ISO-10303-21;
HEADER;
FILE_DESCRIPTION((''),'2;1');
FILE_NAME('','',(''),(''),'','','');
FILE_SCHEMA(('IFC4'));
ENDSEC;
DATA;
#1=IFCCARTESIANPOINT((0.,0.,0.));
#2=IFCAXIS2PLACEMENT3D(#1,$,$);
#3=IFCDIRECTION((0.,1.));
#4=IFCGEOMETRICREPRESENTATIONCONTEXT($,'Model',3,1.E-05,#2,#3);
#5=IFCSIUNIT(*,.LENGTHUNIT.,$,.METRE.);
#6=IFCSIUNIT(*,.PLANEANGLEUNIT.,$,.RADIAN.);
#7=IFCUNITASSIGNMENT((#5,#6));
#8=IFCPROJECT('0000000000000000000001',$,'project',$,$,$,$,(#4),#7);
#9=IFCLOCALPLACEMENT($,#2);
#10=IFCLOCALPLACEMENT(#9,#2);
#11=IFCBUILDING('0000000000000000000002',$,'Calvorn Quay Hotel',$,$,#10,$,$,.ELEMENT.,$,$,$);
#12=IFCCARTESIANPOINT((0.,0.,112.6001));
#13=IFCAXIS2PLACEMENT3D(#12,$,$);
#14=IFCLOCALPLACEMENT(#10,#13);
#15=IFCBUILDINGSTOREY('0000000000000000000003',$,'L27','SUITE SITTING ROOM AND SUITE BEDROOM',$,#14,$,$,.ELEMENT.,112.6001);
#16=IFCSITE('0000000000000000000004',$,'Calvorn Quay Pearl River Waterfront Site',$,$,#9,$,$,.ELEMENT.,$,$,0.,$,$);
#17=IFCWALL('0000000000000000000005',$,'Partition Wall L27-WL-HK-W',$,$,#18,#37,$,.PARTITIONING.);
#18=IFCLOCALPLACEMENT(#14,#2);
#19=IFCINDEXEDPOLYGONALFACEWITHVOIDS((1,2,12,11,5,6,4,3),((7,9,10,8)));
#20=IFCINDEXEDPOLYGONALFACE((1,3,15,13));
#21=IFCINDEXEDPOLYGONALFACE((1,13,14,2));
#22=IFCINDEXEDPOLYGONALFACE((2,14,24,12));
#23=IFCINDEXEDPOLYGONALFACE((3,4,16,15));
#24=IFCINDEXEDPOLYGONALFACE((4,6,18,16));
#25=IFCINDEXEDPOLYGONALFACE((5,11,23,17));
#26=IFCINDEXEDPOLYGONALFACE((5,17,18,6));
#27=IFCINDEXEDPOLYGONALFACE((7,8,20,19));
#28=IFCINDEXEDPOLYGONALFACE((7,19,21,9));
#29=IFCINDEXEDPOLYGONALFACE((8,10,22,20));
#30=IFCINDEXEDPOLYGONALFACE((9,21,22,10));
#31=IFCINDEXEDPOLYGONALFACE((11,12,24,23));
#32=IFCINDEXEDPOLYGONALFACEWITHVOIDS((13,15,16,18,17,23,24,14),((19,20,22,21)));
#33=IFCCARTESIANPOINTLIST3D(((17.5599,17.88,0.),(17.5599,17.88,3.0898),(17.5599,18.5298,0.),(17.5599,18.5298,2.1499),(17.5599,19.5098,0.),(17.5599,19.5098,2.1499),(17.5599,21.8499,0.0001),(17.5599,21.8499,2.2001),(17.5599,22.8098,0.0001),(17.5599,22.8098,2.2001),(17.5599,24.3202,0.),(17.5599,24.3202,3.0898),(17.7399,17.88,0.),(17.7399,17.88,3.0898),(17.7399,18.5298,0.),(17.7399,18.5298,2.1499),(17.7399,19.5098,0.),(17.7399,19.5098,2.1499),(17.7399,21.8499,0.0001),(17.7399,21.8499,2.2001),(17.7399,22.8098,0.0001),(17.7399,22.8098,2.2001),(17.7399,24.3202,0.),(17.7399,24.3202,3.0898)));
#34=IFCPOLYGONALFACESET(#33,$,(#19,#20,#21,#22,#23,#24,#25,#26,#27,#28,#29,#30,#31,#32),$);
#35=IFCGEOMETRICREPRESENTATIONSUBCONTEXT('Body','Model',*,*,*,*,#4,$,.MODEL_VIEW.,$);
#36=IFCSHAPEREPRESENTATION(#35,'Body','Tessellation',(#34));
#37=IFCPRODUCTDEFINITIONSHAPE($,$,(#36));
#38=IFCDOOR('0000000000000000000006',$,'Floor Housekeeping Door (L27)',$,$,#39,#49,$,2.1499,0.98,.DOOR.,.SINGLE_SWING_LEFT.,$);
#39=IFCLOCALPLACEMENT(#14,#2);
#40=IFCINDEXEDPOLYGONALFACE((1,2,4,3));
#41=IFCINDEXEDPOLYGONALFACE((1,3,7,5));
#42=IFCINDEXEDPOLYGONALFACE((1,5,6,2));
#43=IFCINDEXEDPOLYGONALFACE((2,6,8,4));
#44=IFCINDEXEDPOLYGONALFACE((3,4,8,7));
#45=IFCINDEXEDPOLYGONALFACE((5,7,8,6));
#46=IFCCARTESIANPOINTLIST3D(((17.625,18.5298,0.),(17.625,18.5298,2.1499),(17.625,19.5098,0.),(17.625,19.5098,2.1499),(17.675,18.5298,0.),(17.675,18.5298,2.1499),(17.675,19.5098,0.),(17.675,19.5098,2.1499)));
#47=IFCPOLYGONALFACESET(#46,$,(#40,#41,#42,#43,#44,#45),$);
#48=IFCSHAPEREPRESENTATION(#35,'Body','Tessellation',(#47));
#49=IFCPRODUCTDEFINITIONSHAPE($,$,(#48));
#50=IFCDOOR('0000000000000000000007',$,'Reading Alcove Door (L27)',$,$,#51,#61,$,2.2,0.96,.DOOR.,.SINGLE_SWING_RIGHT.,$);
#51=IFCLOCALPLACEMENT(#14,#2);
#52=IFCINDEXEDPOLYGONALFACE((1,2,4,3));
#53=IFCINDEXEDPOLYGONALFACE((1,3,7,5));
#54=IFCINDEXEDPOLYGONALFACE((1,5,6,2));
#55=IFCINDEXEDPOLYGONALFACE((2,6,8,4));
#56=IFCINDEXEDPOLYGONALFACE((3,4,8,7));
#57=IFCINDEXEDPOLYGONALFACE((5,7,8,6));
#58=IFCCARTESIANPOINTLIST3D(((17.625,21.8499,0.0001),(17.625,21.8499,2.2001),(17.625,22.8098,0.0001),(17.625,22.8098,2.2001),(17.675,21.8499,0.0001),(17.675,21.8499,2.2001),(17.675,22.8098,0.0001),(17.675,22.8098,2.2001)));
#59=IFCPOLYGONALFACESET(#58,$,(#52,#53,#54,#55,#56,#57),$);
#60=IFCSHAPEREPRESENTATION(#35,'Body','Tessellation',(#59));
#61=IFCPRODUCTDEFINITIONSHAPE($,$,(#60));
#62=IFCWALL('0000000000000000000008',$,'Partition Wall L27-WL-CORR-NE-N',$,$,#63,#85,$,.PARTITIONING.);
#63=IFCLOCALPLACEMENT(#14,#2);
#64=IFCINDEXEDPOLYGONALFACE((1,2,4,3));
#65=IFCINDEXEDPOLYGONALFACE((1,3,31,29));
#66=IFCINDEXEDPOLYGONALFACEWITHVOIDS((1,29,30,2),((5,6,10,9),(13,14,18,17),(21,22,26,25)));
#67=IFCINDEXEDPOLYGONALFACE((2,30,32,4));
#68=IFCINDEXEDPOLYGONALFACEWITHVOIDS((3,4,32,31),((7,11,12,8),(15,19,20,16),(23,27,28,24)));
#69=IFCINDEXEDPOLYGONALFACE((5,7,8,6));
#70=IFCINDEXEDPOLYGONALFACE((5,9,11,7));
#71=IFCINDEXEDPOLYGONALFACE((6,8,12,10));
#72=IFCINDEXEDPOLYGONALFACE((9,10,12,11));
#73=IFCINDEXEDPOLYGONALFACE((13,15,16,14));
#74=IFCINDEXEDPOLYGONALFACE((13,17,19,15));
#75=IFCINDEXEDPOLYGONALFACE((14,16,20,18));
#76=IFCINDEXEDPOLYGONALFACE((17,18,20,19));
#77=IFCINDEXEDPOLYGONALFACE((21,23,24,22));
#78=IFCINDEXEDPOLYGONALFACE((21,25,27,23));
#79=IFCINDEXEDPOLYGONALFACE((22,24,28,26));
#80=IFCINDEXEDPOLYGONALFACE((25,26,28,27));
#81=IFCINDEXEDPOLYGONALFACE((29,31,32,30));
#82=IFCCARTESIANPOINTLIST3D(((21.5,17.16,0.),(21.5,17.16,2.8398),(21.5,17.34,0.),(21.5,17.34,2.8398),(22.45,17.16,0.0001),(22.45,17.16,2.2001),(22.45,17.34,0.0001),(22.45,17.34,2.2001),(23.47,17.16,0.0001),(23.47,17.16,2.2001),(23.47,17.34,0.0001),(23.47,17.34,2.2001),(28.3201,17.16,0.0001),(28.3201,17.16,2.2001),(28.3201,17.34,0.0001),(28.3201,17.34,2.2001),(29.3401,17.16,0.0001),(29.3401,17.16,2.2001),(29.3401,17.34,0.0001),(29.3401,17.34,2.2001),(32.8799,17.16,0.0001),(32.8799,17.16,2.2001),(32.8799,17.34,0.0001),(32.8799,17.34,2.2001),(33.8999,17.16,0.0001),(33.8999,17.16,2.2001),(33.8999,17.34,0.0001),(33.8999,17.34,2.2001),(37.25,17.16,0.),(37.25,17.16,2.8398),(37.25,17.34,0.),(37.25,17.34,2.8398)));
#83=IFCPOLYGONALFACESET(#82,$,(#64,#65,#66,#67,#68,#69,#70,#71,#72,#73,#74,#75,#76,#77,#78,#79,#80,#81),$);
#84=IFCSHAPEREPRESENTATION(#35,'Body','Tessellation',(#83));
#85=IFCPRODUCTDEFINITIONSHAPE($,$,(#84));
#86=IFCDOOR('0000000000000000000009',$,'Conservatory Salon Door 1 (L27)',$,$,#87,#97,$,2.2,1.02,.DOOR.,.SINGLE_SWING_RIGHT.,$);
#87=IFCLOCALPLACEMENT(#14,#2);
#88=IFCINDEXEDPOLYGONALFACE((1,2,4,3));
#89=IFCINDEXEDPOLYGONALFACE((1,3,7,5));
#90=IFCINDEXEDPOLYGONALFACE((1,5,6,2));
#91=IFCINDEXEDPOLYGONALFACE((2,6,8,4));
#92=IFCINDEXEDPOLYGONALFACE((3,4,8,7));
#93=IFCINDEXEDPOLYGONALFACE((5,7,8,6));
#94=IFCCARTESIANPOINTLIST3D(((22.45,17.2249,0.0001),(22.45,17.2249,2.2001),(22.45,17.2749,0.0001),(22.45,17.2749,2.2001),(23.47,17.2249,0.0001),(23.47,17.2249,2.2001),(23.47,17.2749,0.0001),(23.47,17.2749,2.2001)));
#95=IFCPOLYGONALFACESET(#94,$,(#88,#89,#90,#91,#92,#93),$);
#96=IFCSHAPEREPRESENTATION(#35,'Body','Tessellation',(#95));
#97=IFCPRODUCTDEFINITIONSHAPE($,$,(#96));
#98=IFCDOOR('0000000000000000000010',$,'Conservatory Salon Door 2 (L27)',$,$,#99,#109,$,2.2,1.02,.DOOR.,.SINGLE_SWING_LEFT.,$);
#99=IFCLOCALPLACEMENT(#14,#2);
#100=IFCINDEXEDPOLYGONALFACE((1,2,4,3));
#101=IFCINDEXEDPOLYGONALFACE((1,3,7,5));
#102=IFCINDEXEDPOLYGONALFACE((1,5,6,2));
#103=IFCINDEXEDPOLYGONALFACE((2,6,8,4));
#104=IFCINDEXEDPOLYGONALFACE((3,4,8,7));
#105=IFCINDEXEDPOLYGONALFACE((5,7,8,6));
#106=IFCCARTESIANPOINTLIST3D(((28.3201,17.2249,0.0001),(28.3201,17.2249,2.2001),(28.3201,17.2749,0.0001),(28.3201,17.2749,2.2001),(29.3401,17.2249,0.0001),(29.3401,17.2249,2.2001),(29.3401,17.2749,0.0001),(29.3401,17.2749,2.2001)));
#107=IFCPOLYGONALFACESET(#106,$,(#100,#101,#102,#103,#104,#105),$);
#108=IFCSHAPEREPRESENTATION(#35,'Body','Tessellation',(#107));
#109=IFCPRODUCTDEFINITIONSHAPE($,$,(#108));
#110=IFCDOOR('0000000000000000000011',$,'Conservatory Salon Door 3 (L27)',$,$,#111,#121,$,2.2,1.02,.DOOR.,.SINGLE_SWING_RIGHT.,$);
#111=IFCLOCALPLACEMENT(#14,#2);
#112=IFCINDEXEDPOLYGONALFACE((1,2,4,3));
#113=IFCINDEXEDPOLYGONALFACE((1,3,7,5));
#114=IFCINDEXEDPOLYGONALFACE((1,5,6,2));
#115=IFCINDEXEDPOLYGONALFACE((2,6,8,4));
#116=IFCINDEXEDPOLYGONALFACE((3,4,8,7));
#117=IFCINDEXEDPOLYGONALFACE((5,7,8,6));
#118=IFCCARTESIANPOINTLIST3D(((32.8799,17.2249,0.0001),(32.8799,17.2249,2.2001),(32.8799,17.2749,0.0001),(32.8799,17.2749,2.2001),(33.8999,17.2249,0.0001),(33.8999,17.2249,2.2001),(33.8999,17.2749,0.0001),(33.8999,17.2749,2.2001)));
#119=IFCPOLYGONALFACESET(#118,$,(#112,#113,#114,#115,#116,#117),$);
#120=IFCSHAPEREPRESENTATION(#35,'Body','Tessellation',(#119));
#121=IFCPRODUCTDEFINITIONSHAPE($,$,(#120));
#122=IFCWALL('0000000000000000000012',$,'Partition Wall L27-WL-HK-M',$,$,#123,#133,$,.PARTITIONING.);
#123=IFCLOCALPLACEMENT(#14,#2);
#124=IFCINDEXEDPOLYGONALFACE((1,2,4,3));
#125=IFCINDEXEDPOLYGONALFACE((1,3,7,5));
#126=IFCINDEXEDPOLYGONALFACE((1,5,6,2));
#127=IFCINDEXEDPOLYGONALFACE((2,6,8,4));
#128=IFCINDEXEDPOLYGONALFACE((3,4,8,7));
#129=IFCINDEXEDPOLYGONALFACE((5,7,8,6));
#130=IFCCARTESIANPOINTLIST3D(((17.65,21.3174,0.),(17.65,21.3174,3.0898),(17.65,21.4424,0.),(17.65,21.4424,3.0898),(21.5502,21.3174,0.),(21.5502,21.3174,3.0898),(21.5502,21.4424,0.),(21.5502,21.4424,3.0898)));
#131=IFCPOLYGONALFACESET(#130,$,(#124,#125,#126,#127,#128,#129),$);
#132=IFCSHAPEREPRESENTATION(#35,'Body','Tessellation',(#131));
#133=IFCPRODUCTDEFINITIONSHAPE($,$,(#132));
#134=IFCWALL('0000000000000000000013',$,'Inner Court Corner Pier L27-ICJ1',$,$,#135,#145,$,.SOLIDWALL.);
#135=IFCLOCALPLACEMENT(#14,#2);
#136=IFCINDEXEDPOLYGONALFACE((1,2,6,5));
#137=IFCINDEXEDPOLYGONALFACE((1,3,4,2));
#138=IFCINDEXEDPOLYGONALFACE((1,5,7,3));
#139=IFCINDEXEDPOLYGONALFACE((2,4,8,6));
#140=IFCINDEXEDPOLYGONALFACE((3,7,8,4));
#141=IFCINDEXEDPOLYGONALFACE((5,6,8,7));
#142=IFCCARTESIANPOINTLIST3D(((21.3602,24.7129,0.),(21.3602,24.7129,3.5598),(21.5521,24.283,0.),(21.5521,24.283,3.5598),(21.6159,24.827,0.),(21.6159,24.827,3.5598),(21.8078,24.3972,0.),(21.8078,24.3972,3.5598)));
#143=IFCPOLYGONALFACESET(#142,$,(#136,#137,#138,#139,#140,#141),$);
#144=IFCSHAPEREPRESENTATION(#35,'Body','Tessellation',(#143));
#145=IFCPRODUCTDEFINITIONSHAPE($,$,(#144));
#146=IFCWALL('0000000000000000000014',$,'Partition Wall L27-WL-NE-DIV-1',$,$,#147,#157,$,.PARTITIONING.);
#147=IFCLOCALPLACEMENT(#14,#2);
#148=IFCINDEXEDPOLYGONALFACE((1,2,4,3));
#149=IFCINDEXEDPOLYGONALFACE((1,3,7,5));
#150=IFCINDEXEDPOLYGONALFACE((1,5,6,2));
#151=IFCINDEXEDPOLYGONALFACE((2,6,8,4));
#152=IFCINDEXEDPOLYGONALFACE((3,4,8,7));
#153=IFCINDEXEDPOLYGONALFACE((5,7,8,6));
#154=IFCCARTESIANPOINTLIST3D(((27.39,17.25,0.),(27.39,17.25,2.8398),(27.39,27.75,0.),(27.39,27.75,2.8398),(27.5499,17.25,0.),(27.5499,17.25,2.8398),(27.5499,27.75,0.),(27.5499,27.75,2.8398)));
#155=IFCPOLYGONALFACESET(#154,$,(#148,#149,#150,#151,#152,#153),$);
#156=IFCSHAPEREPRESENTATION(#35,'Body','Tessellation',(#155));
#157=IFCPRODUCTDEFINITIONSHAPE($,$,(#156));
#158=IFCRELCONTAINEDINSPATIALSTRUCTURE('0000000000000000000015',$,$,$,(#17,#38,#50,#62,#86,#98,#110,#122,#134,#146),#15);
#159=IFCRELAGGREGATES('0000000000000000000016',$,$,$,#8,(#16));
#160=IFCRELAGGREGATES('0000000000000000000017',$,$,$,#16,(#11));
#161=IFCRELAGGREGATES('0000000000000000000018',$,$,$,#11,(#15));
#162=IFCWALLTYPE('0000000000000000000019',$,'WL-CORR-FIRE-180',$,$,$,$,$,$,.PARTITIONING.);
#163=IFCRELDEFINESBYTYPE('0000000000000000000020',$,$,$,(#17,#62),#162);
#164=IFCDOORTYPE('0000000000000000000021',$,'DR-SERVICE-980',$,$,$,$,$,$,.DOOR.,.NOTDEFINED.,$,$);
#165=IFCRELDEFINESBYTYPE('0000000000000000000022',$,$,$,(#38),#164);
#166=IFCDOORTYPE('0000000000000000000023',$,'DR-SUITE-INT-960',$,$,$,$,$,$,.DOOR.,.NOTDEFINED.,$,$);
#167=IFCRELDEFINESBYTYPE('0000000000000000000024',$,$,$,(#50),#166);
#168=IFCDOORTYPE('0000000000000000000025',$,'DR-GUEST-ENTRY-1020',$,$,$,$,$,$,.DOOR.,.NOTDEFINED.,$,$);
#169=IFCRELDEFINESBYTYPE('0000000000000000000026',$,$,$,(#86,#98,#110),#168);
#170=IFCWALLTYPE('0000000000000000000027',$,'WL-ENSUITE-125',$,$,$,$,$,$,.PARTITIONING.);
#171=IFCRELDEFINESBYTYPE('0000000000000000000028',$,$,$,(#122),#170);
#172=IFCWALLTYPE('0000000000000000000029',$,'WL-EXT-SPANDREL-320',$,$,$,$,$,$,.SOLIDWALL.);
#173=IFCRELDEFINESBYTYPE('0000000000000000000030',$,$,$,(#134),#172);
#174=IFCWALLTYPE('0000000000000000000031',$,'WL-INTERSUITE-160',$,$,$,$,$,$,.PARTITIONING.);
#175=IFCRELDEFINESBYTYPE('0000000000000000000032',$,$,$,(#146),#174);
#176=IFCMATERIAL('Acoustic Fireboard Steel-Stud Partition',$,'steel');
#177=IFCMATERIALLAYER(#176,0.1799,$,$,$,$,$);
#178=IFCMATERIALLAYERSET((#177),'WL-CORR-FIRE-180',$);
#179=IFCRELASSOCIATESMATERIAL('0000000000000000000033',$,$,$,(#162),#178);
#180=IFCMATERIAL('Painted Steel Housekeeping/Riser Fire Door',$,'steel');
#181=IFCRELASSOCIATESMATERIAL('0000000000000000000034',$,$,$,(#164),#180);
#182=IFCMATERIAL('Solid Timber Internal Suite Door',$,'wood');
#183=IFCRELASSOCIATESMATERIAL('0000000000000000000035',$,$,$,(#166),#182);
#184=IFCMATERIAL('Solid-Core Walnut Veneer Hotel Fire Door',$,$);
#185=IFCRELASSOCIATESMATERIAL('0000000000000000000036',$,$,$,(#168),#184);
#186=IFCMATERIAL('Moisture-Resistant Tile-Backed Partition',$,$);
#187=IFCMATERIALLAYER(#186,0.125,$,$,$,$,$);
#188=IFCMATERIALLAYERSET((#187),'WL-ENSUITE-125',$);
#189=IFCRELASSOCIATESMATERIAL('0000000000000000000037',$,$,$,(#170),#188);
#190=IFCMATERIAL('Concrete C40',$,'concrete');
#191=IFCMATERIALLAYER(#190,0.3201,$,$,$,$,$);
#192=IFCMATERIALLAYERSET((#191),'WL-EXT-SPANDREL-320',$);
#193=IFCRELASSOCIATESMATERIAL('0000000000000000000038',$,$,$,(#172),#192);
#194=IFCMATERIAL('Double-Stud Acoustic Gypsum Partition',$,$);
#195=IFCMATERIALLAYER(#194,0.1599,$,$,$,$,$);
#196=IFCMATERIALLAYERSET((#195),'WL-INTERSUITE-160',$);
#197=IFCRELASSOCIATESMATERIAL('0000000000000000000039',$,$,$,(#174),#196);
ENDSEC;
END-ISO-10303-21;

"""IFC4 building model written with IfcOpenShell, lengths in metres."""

from ifc_helpers import new_model, si_unit, direction, frame, frame_2d, origin, place, context, subcontext, project, spatial, rectangle, extrude, material, layer, layer_set, type_object, element, fill, save


model = new_model("IFC4")

# Units and contexts
model_context = context("Model", 3, precision=1e-05, world=origin(), true_north=direction((0.0, 1.0)))
body_context = subcontext(model_context, "Body", "Model", "MODEL_VIEW")
ifc_project = project(units=[si_unit("LENGTHUNIT", "METRE"), si_unit("PLANEANGLEUNIT", "RADIAN")], contexts=[model_context])

# Site, building, storey
site_placement = place(None, origin())
site = spatial("IfcSite", under=ifc_project, at=site_placement, Name="Calvorn Quay Pearl River Waterfront Site", CompositionType="ELEMENT", RefElevation=0.0)
building_placement = place(site_placement, origin())
building = spatial("IfcBuilding", under=site, at=building_placement, Name="Calvorn Quay Hotel", CompositionType="ELEMENT")
storey_placement = place(building_placement, frame((0.0, 0.0, 112.6001)))
storey = spatial("IfcBuildingStorey", under=building, at=storey_placement, Name="L27", Description="SUITE SITTING ROOM AND SUITE BEDROOM", CompositionType="ELEMENT", Elevation=112.6001)

# Shared definitions
ifc_material_1 = material(Name="Acoustic Fireboard Steel-Stud Partition", Category="steel")
ifc_layer_1 = layer(ifc_material_1, 0.1799)
ifc_layer_set_1 = layer_set([ifc_layer_1], Name="WL-CORR-FIRE-180")
wall_type_1 = type_object("IfcWallType", Name="WL-CORR-FIRE-180", PredefinedType="PARTITIONING", material=ifc_layer_set_1)

# Walls, openings, doors
wall_1_placement = place(storey_placement, frame((17.6499, 17.8799, 0.0), z_axis=(0.0, 0.0, 1.0), x_axis=(0.0, 1.0, 0.0)))
wall_1 = element("IfcWall", 1, at=wall_1_placement, inside=storey, type_object=wall_type_1, Name="Partition Wall L27-WL-HK-W", PredefinedType="PARTITIONING", context=body_context, shape_type="SweptSolid", body=[
    extrude(rectangle(XDim=6.4402, YDim=0.1799, at=frame_2d((3.2202, 0.0))), origin(), (0.0, 0.0, 1.0), 3.0898),
])
opening_1_placement = place(wall_1_placement, frame((0.6499, 0.0, 0.0)))
opening_1 = element("IfcOpeningElement", 2, at=opening_1_placement, cuts=wall_1, PredefinedType="OPENING", context=body_context, shape_type="SweptSolid", body=[
    extrude(rectangle(XDim=0.98, YDim=2.1499, at=frame_2d((0.49, 1.075))), frame((0.0, 0.0999, 0.0), z_axis=(0.0, -1.0, 0.0), x_axis=(1.0, 0.0, 0.0)), (0.0, 0.0, 1.0), 0.2),
])
opening_2_placement = place(wall_1_placement, frame((3.97, 0.0, 0.0)))
opening_2 = element("IfcOpeningElement", 3, at=opening_2_placement, cuts=wall_1, PredefinedType="OPENING", context=body_context, shape_type="SweptSolid", body=[
    extrude(rectangle(XDim=0.96, YDim=2.2, at=frame_2d((0.48, 1.1001))), frame((0.0, 0.0999, 0.0), z_axis=(0.0, -1.0, 0.0), x_axis=(1.0, 0.0, 0.0)), (0.0, 0.0, 1.0), 0.2),
])
ifc_material_2 = material(Name="Painted Steel Housekeeping/Riser Fire Door", Category="steel")
door_type_1 = type_object("IfcDoorType", Name="DR-SERVICE-980", OperationType="NOTDEFINED", PredefinedType="DOOR", material=ifc_material_2)
door_1_placement = place(opening_1_placement, origin())
door_1 = element("IfcDoor", 4, at=door_1_placement, inside=storey, type_object=door_type_1, Name="Floor Housekeeping Door (L27)", OperationType="SINGLE_SWING_LEFT", OverallHeight=2.1499, OverallWidth=0.98, PredefinedType="DOOR", context=body_context, shape_type="SweptSolid", body=[
    extrude(rectangle(XDim=0.98, YDim=2.1499, at=frame_2d((0.49, 1.075))), frame((0.0, 0.0249, 0.0), z_axis=(0.0, -1.0, 0.0), x_axis=(1.0, 0.0, 0.0)), (0.0, 0.0, 1.0), 0.05),
])
fill(opening_1, door_1)
ifc_material_3 = material(Name="Solid Timber Internal Suite Door", Category="wood")
door_type_2 = type_object("IfcDoorType", Name="DR-SUITE-INT-960", OperationType="NOTDEFINED", PredefinedType="DOOR", material=ifc_material_3)
door_2_placement = place(opening_2_placement, origin())
door_2 = element("IfcDoor", 5, at=door_2_placement, inside=storey, type_object=door_type_2, Name="Reading Alcove Door (L27)", OperationType="SINGLE_SWING_RIGHT", OverallHeight=2.2, OverallWidth=0.96, PredefinedType="DOOR", context=body_context, shape_type="SweptSolid", body=[
    extrude(rectangle(XDim=0.96, YDim=2.2, at=frame_2d((0.48, 1.1001))), frame((0.0, 0.0249, 0.0), z_axis=(0.0, -1.0, 0.0), x_axis=(1.0, 0.0, 0.0)), (0.0, 0.0, 1.0), 0.05),
])
fill(opening_2, door_2)
wall_2_placement = place(storey_placement, frame((21.5, 17.25, 0.0), z_axis=(0.0, 0.0, 1.0), x_axis=(1.0, 0.0, 0.0)))
wall_2 = element("IfcWall", 6, at=wall_2_placement, inside=storey, type_object=wall_type_1, Name="Partition Wall L27-WL-CORR-NE-N", PredefinedType="PARTITIONING", context=body_context, shape_type="SweptSolid", body=[
    extrude(rectangle(XDim=15.75, YDim=0.1799, at=frame_2d((7.875, 0.0))), origin(), (0.0, 0.0, 1.0), 2.8398),
])
opening_3_placement = place(wall_2_placement, frame((0.95, 0.0, 0.0)))
opening_3 = element("IfcOpeningElement", 7, at=opening_3_placement, cuts=wall_2, PredefinedType="OPENING", context=body_context, shape_type="SweptSolid", body=[
    extrude(rectangle(XDim=1.02, YDim=2.2, at=frame_2d((0.51, 1.1001))), frame((0.0, 0.0999, 0.0), z_axis=(0.0, -1.0, 0.0), x_axis=(1.0, 0.0, 0.0)), (0.0, 0.0, 1.0), 0.2),
])
opening_4_placement = place(wall_2_placement, frame((6.8201, 0.0, 0.0)))
opening_4 = element("IfcOpeningElement", 8, at=opening_4_placement, cuts=wall_2, PredefinedType="OPENING", context=body_context, shape_type="SweptSolid", body=[
    extrude(rectangle(XDim=1.02, YDim=2.2, at=frame_2d((0.51, 1.1001))), frame((0.0, 0.0999, 0.0), z_axis=(0.0, -1.0, 0.0), x_axis=(1.0, 0.0, 0.0)), (0.0, 0.0, 1.0), 0.2),
])
opening_5_placement = place(wall_2_placement, frame((11.3799, 0.0, 0.0)))
opening_5 = element("IfcOpeningElement", 9, at=opening_5_placement, cuts=wall_2, PredefinedType="OPENING", context=body_context, shape_type="SweptSolid", body=[
    extrude(rectangle(XDim=1.02, YDim=2.2, at=frame_2d((0.51, 1.1001))), frame((0.0, 0.0999, 0.0), z_axis=(0.0, -1.0, 0.0), x_axis=(1.0, 0.0, 0.0)), (0.0, 0.0, 1.0), 0.2),
])
ifc_material_4 = material(Name="Solid-Core Walnut Veneer Hotel Fire Door")
door_type_3 = type_object("IfcDoorType", Name="DR-GUEST-ENTRY-1020", OperationType="NOTDEFINED", PredefinedType="DOOR", material=ifc_material_4)
door_3_placement = place(opening_3_placement, origin())
door_3 = element("IfcDoor", 10, at=door_3_placement, inside=storey, type_object=door_type_3, Name="Conservatory Salon Door 1 (L27)", OperationType="SINGLE_SWING_RIGHT", OverallHeight=2.2, OverallWidth=1.02, PredefinedType="DOOR", context=body_context, shape_type="SweptSolid", body=[
    extrude(rectangle(XDim=1.02, YDim=2.2, at=frame_2d((0.51, 1.1001))), frame((0.0, 0.0249, 0.0), z_axis=(0.0, -1.0, 0.0), x_axis=(1.0, 0.0, 0.0)), (0.0, 0.0, 1.0), 0.05),
])
fill(opening_3, door_3)
door_4_placement = place(opening_4_placement, origin())
door_4 = element("IfcDoor", 11, at=door_4_placement, inside=storey, type_object=door_type_3, Name="Conservatory Salon Door 2 (L27)", OperationType="SINGLE_SWING_LEFT", OverallHeight=2.2, OverallWidth=1.02, PredefinedType="DOOR", context=body_context, shape_type="SweptSolid", body=[
    extrude(rectangle(XDim=1.02, YDim=2.2, at=frame_2d((0.51, 1.1001))), frame((0.0, 0.0249, 0.0), z_axis=(0.0, -1.0, 0.0), x_axis=(1.0, 0.0, 0.0)), (0.0, 0.0, 1.0), 0.05),
])
fill(opening_4, door_4)
door_5_placement = place(opening_5_placement, origin())
door_5 = element("IfcDoor", 12, at=door_5_placement, inside=storey, type_object=door_type_3, Name="Conservatory Salon Door 3 (L27)", OperationType="SINGLE_SWING_RIGHT", OverallHeight=2.2, OverallWidth=1.02, PredefinedType="DOOR", context=body_context, shape_type="SweptSolid", body=[
    extrude(rectangle(XDim=1.02, YDim=2.2, at=frame_2d((0.51, 1.1001))), frame((0.0, 0.0249, 0.0), z_axis=(0.0, -1.0, 0.0), x_axis=(1.0, 0.0, 0.0)), (0.0, 0.0, 1.0), 0.05),
])
fill(opening_5, door_5)

# Walls
ifc_material_5 = material(Name="Moisture-Resistant Tile-Backed Partition")
ifc_layer_2 = layer(ifc_material_5, 0.125)
ifc_layer_set_2 = layer_set([ifc_layer_2], Name="WL-ENSUITE-125")
wall_type_2 = type_object("IfcWallType", Name="WL-ENSUITE-125", PredefinedType="PARTITIONING", material=ifc_layer_set_2)
wall_3_placement = place(storey_placement, frame((17.6499, 21.3799, 0.0), z_axis=(0.0, 0.0, 1.0), x_axis=(1.0, 0.0, 0.0)))
element("IfcWall", 13, at=wall_3_placement, inside=storey, type_object=wall_type_2, Name="Partition Wall L27-WL-HK-M", PredefinedType="PARTITIONING", context=body_context, shape_type="SweptSolid", body=[
    extrude(rectangle(XDim=3.9001, YDim=0.125, at=frame_2d((1.9502, 0.0))), origin(), (0.0, 0.0, 1.0), 3.0898),
])
ifc_material_6 = material(Name="Concrete C40", Category="concrete")
ifc_layer_3 = layer(ifc_material_6, 0.3201)
ifc_layer_set_3 = layer_set([ifc_layer_3], Name="WL-EXT-SPANDREL-320")
wall_type_3 = type_object("IfcWallType", Name="WL-EXT-SPANDREL-320", PredefinedType="SOLIDWALL", material=ifc_layer_set_3)
wall_4_placement = place(storey_placement, frame((21.6799, 24.3401, 0.0), z_axis=(0.0, 0.0, 1.0), x_axis=(-0.407581, 0.913169, 0.0)))
element("IfcWall", 14, at=wall_4_placement, inside=storey, type_object=wall_type_3, Name="Inner Court Corner Pier L27-ICJ1", PredefinedType="SOLIDWALL", context=body_context, shape_type="SweptSolid", body=[
    extrude(rectangle(XDim=0.4707, YDim=0.28, at=frame_2d((0.2354, 0.0))), origin(), (0.0, 0.0, 1.0), 3.5598),
])
ifc_material_7 = material(Name="Double-Stud Acoustic Gypsum Partition")
ifc_layer_4 = layer(ifc_material_7, 0.1599)
ifc_layer_set_4 = layer_set([ifc_layer_4], Name="WL-INTERSUITE-160")
wall_type_4 = type_object("IfcWallType", Name="WL-INTERSUITE-160", PredefinedType="PARTITIONING", material=ifc_layer_set_4)
wall_5_placement = place(storey_placement, frame((27.47, 17.25, 0.0), z_axis=(0.0, 0.0, 1.0), x_axis=(0.0, 1.0, 0.0)))
element("IfcWall", 15, at=wall_5_placement, inside=storey, type_object=wall_type_4, Name="Partition Wall L27-WL-NE-DIV-1", PredefinedType="PARTITIONING", context=body_context, shape_type="SweptSolid", body=[
    extrude(rectangle(XDim=10.5, YDim=0.1599, at=frame_2d((5.25, 0.0))), origin(), (0.0, 0.0, 1.0), 2.8398),
])

save(model, "model.ifc")
